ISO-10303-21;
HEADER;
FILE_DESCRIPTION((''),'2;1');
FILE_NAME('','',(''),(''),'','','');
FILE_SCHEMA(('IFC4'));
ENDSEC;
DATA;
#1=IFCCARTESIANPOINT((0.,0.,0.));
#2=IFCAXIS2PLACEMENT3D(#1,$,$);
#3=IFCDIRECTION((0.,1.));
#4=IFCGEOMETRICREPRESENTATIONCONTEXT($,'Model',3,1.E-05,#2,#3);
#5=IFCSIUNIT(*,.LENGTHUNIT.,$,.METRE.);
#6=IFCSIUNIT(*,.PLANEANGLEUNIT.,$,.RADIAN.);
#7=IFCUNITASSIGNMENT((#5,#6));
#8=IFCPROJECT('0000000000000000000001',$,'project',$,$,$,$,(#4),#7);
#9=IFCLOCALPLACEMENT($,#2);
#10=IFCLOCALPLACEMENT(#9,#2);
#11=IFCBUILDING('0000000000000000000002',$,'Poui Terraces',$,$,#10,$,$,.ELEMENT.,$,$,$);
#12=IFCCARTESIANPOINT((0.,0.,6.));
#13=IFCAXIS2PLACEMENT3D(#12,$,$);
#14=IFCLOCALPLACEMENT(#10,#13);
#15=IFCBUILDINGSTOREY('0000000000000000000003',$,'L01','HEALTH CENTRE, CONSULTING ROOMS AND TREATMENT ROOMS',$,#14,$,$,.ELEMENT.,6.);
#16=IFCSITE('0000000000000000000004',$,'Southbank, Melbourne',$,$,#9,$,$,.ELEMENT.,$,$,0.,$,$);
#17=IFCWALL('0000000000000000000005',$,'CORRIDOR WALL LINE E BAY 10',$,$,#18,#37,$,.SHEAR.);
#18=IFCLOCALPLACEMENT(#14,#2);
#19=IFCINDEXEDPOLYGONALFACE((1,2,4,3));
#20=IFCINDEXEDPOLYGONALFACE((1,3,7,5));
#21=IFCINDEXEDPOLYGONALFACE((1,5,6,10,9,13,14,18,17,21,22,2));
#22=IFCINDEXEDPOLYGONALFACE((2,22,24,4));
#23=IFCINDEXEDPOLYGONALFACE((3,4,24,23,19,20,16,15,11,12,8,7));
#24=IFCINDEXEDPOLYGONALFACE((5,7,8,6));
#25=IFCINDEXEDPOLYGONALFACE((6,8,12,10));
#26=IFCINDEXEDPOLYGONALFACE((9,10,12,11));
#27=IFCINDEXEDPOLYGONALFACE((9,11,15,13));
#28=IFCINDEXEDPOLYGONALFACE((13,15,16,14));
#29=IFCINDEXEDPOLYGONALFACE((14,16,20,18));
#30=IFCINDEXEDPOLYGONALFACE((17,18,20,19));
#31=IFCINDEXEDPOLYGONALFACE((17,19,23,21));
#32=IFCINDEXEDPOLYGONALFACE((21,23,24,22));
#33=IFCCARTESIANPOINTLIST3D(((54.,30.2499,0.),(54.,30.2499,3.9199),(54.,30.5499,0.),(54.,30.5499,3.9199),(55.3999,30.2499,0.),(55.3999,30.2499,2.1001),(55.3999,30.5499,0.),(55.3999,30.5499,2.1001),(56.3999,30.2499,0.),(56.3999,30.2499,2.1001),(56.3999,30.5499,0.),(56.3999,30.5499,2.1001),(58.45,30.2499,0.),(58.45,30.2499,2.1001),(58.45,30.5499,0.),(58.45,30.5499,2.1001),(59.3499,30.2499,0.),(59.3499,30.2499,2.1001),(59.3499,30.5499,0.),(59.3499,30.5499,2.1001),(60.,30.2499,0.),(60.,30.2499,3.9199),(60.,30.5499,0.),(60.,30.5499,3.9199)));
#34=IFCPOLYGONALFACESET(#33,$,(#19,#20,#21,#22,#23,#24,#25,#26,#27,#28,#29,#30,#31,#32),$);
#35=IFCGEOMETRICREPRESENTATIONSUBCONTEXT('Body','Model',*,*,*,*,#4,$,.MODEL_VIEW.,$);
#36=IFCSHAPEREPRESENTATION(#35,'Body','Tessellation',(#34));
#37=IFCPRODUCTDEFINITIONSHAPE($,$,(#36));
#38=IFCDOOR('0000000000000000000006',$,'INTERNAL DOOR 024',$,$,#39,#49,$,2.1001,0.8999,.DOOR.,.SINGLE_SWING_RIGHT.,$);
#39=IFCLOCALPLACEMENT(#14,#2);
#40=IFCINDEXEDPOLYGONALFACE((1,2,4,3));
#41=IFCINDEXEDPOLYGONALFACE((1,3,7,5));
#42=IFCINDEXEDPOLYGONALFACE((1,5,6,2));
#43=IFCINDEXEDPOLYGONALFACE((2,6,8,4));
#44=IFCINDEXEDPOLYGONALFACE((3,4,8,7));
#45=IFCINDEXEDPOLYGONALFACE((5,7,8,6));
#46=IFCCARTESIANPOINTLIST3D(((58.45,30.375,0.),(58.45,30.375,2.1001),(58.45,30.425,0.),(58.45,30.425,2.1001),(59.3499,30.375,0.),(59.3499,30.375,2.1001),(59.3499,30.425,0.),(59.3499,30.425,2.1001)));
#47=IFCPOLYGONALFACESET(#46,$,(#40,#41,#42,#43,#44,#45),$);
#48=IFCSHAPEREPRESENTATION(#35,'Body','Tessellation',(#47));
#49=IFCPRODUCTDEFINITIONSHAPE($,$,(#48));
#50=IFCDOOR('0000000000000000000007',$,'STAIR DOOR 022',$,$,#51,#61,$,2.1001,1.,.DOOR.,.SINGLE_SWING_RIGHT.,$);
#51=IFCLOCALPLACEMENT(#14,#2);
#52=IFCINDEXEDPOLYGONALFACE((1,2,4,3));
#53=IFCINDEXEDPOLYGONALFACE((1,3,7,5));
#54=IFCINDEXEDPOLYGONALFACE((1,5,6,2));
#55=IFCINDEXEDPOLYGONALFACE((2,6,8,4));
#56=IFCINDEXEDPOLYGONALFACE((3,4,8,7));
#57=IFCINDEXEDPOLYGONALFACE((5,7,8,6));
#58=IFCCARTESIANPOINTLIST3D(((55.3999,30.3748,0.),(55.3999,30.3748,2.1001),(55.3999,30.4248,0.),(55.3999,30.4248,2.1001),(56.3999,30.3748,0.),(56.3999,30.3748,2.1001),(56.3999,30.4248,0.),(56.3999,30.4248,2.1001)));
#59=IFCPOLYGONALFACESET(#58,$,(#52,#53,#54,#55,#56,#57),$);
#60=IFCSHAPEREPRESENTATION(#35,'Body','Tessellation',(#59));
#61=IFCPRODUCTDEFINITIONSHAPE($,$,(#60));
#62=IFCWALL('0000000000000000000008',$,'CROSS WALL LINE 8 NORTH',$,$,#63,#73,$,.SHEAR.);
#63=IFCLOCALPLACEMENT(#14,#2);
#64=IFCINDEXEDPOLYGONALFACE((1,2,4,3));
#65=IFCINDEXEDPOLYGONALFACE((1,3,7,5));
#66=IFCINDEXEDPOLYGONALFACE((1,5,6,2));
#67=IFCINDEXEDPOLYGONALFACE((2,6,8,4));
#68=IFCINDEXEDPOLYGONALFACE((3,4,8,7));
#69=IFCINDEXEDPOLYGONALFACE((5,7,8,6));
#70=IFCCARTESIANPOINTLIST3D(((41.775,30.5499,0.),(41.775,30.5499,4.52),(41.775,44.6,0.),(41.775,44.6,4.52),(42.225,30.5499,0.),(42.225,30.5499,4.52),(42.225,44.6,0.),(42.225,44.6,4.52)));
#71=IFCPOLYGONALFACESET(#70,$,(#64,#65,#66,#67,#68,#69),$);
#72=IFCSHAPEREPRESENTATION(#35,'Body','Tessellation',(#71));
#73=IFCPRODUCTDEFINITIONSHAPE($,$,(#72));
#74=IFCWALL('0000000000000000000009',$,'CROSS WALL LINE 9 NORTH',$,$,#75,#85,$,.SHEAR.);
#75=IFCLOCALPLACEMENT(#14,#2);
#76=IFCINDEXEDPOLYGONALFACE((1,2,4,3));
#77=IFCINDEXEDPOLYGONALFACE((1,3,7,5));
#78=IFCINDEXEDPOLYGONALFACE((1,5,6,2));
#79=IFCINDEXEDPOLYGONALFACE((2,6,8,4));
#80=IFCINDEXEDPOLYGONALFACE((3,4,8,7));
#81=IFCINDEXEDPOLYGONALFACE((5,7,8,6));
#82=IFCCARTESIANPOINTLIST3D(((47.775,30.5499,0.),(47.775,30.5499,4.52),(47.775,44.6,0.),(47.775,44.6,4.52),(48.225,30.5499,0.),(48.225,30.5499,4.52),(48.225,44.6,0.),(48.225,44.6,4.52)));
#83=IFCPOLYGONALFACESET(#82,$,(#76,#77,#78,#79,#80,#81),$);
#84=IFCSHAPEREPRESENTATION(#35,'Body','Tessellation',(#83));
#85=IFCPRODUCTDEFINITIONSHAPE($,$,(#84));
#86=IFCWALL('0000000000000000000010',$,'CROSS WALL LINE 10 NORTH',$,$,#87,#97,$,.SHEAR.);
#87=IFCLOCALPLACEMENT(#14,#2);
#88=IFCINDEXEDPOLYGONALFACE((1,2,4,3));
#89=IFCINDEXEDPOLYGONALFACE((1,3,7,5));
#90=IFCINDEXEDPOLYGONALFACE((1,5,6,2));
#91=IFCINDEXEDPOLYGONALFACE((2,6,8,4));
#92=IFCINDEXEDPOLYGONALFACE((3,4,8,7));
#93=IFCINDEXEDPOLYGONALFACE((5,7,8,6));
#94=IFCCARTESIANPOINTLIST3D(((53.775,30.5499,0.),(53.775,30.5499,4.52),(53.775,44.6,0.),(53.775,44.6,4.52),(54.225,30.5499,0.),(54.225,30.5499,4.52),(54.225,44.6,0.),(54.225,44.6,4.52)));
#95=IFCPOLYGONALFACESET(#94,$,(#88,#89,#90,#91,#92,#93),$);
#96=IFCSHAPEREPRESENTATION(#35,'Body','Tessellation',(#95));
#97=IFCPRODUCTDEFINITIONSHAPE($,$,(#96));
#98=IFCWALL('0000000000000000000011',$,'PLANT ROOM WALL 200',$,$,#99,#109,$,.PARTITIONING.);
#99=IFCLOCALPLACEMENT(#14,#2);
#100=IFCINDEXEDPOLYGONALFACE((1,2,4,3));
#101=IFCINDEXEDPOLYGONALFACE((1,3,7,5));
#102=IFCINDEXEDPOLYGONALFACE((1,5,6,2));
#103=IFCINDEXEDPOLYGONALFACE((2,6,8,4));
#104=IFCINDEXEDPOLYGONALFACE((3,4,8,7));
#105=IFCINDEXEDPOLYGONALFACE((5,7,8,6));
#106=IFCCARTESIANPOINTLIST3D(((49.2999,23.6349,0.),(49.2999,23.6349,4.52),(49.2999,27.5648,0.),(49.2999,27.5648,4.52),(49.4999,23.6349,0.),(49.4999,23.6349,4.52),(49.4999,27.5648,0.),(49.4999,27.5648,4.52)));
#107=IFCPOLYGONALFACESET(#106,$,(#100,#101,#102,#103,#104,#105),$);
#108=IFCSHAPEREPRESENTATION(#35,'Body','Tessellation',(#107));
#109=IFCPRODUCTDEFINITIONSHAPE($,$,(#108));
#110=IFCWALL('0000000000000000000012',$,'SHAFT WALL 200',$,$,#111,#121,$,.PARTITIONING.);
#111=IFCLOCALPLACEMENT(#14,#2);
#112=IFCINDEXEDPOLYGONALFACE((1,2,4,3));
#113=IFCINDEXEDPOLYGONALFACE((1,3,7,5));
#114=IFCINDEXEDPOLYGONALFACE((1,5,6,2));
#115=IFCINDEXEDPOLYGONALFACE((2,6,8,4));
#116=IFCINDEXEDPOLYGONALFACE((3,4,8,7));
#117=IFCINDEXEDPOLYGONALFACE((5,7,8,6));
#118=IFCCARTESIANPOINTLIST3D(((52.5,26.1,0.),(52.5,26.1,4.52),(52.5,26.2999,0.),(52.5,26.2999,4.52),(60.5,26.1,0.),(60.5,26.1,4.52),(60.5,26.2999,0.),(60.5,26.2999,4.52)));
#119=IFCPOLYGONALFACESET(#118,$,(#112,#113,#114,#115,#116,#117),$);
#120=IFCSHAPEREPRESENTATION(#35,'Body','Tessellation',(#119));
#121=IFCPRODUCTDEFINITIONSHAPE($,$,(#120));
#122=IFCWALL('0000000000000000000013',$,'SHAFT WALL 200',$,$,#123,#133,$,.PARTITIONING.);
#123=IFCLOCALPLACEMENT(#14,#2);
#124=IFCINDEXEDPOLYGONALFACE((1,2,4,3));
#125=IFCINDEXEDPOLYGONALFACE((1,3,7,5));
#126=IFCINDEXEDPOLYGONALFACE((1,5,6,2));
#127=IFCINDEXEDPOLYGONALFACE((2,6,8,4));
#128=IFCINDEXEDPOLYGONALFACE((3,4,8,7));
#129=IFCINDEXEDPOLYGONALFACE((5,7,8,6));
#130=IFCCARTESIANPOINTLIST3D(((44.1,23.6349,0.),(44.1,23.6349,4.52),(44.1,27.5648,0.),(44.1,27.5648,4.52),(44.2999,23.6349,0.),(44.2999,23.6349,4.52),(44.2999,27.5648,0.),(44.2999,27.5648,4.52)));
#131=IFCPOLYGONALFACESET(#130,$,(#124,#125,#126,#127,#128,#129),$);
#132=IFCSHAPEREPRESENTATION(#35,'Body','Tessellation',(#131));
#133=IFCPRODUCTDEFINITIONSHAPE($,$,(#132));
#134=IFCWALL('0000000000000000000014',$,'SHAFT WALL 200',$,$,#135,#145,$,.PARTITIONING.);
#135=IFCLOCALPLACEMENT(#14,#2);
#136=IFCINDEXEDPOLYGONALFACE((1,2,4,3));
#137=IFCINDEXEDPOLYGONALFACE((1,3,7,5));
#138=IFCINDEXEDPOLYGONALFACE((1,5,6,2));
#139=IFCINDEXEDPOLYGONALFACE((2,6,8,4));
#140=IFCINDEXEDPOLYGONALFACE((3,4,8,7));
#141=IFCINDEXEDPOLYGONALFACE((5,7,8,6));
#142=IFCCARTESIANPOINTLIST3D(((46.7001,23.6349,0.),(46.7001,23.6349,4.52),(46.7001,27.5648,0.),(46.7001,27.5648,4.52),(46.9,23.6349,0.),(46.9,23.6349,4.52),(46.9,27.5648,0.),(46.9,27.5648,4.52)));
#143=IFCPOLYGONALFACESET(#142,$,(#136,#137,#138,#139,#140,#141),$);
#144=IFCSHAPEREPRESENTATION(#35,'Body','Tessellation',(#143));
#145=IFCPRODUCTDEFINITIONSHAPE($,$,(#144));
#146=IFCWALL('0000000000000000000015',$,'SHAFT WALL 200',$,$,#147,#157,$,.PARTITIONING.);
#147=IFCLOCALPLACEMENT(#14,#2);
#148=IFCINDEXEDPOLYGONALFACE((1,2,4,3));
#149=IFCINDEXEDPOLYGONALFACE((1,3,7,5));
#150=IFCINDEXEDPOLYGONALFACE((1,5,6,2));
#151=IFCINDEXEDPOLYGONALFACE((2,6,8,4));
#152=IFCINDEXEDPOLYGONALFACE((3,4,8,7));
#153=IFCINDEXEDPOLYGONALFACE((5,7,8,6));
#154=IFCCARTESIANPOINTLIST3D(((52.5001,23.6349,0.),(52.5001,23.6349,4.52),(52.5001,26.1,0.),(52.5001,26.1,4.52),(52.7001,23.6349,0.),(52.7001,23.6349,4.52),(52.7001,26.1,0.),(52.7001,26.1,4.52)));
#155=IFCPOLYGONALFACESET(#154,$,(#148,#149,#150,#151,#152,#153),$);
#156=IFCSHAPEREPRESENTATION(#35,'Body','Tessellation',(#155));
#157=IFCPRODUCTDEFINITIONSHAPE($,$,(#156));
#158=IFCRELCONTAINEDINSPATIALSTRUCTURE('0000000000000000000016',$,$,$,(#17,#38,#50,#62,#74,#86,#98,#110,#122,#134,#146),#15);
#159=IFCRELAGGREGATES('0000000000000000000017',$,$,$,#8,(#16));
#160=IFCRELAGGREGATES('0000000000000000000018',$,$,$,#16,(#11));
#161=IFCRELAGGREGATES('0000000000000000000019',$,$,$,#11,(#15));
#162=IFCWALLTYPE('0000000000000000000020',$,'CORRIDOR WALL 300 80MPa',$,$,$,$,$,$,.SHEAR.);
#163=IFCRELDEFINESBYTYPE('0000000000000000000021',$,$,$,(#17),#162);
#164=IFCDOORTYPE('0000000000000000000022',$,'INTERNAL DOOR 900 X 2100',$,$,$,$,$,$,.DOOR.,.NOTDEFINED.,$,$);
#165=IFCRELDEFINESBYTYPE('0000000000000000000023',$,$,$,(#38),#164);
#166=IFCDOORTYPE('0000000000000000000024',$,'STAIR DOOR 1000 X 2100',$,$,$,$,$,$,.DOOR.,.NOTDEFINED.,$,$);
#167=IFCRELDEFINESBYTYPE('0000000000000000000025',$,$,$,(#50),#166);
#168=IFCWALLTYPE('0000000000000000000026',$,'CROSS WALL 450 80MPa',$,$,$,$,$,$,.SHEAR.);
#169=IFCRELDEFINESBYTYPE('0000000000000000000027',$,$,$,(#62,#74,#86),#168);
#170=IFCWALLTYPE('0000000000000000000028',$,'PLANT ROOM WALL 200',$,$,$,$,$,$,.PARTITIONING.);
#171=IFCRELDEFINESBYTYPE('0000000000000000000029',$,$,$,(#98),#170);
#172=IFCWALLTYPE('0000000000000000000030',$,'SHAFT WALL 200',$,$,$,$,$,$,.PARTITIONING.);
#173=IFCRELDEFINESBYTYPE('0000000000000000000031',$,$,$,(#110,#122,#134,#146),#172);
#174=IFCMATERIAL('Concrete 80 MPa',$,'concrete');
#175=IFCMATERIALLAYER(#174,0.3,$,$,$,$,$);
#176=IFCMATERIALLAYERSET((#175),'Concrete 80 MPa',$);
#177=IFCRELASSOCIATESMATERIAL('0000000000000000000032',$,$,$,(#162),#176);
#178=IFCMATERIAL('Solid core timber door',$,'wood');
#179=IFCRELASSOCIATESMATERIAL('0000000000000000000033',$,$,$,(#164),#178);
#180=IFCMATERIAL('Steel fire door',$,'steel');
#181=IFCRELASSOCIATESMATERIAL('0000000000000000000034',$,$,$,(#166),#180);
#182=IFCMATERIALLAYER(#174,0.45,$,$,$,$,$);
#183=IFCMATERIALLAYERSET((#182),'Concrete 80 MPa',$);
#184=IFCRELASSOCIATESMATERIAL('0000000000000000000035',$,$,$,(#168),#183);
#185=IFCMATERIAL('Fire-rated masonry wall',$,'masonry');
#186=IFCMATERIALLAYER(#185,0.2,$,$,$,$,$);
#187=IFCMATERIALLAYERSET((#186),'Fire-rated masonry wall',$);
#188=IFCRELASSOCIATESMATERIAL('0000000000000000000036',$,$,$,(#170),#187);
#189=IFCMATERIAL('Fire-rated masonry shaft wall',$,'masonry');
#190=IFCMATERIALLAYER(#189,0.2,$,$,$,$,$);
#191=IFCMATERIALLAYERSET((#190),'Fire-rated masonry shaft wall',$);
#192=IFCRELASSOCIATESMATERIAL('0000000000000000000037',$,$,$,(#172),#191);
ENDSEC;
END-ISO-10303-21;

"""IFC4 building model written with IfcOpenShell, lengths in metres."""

from ifc_helpers import new_model, si_unit, direction, frame, frame_2d, origin, place, context, subcontext, project, spatial, rectangle, extrude, material, layer, layer_set, type_object, element, fill, save


model = new_model("IFC4")

# Units and contexts
model_context = context("Model", 3, precision=1e-05, world=origin(), true_north=direction((0.0, 1.0)))
body_context = subcontext(model_context, "Body", "Model", "MODEL_VIEW")
ifc_project = project(units=[si_unit("LENGTHUNIT", "METRE"), si_unit("PLANEANGLEUNIT", "RADIAN")], contexts=[model_context])

# Site, building, storey
site_placement = place(None, origin())
site = spatial("IfcSite", under=ifc_project, at=site_placement, Name="Southbank, Melbourne", CompositionType="ELEMENT", RefElevation=0.0)
building_placement = place(site_placement, origin())
building = spatial("IfcBuilding", under=site, at=building_placement, Name="Poui Terraces", CompositionType="ELEMENT")
storey_placement = place(building_placement, frame((0.0, 0.0, 6.0)))
storey = spatial("IfcBuildingStorey", under=building, at=storey_placement, Name="L01", Description="HEALTH CENTRE, CONSULTING ROOMS AND TREATMENT ROOMS", CompositionType="ELEMENT", Elevation=6.0)

# Shared definitions
ifc_material_1 = material(Name="Concrete 80 MPa", Category="concrete")

# Shared definitions
ifc_material_2 = material(Name="Fire-rated masonry wall", Category="masonry")

# Shared definitions
ifc_layer_1 = layer(ifc_material_1, 0.3)
ifc_layer_set_1 = layer_set([ifc_layer_1], Name="Concrete 80 MPa")
wall_type_1 = type_object("IfcWallType", Name="CORRIDOR WALL 300 80MPa", PredefinedType="SHEAR", material=ifc_layer_set_1)
ifc_material_3 = material(Name="Solid core timber door", Category="wood")
door_type_1 = type_object("IfcDoorType", Name="INTERNAL DOOR 900 X 2100", OperationType="NOTDEFINED", PredefinedType="DOOR", material=ifc_material_3)
ifc_material_4 = material(Name="Steel fire door", Category="steel")

# Wall, openings, doors
wall_1_placement = place(storey_placement, frame((54.0, 30.3999, 0.0), z_axis=(0.0, 0.0, 1.0), x_axis=(1.0, 0.0, 0.0)))
wall_1 = element("IfcWall", 1, at=wall_1_placement, inside=storey, type_object=wall_type_1, Name="CORRIDOR WALL LINE E BAY 10", PredefinedType="SHEAR", context=body_context, shape_type="SweptSolid", body=[
    extrude(rectangle(XDim=6.0, YDim=0.3, at=frame_2d((3.0, 0.0))), origin(), (0.0, 0.0, 1.0), 3.9199),
])
opening_1_placement = place(wall_1_placement, frame((1.3999, 0.0, 0.0)))
opening_1 = element("IfcOpeningElement", 2, at=opening_1_placement, cuts=wall_1, PredefinedType="OPENING", context=body_context, shape_type="SweptSolid", body=[
    extrude(rectangle(XDim=1.0, YDim=2.1001, at=frame_2d((0.5, 1.05))), frame((0.0, 0.1602, 0.0), z_axis=(0.0, -1.0, 0.0), x_axis=(1.0, 0.0, 0.0)), (0.0, 0.0, 1.0), 0.3201),
])
opening_2_placement = place(wall_1_placement, frame((4.45, 0.0, 0.0)))
opening_2 = element("IfcOpeningElement", 3, at=opening_2_placement, cuts=wall_1, PredefinedType="OPENING", context=body_context, shape_type="SweptSolid", body=[
    extrude(rectangle(XDim=0.8999, YDim=2.1001, at=frame_2d((0.45, 1.05))), frame((0.0, 0.1602, 0.0), z_axis=(0.0, -1.0, 0.0), x_axis=(1.0, 0.0, 0.0)), (0.0, 0.0, 1.0), 0.3201),
])
door_1_placement = place(opening_2_placement, frame((0.8999, 0.0, 0.0), z_axis=(0.0, 0.0, 1.0), x_axis=(-1.0, 0.0, 0.0)))
door_1 = element("IfcDoor", 4, at=door_1_placement, inside=storey, type_object=door_type_1, Name="INTERNAL DOOR 024", OperationType="SINGLE_SWING_RIGHT", OverallHeight=2.1001, OverallWidth=0.8999, PredefinedType="DOOR", context=body_context, shape_type="SweptSolid", body=[
    extrude(rectangle(XDim=0.8999, YDim=2.1001, at=frame_2d((0.45, 1.05))), frame((0.0, 0.0249, 0.0), z_axis=(0.0, -1.0, 0.0), x_axis=(1.0, 0.0, 0.0)), (0.0, 0.0, 1.0), 0.05),
])
fill(opening_2, door_1)
door_type_2 = type_object("IfcDoorType", Name="STAIR DOOR 1000 X 2100", OperationType="NOTDEFINED", PredefinedType="DOOR", material=ifc_material_4)
door_2_placement = place(opening_1_placement, origin())
door_2 = element("IfcDoor", 5, at=door_2_placement, inside=storey, type_object=door_type_2, Name="STAIR DOOR 022", OperationType="SINGLE_SWING_RIGHT", OverallHeight=2.1001, OverallWidth=1.0, PredefinedType="DOOR", context=body_context, shape_type="SweptSolid", body=[
    extrude(rectangle(XDim=1.0, YDim=2.1001, at=frame_2d((0.5, 1.05))), frame((0.0, 0.0249, 0.0), z_axis=(0.0, -1.0, 0.0), x_axis=(1.0, 0.0, 0.0)), (0.0, 0.0, 1.0), 0.05),
])
fill(opening_1, door_2)

# Walls
ifc_layer_2 = layer(ifc_material_1, 0.45)
ifc_layer_set_2 = layer_set([ifc_layer_2], Name="Concrete 80 MPa")
wall_type_2 = type_object("IfcWallType", Name="CROSS WALL 450 80MPa", PredefinedType="SHEAR", material=ifc_layer_set_2)
for number, where, z_axis, x_axis, name in (
    (6, (42.0, 30.55, 0.0), (0.0, 0.0, 1.0), (0.0, 1.0, 0.0), "CROSS WALL LINE 8 NORTH"),
    (7, (48.0, 30.55, 0.0), (0.0, 0.0, 1.0), (0.0, 1.0, 0.0), "CROSS WALL LINE 9 NORTH"),
    (8, (54.0, 30.55, 0.0), (0.0, 0.0, 1.0), (0.0, 1.0, 0.0), "CROSS WALL LINE 10 NORTH"),
):
    element("IfcWall", number, at=place(storey_placement, frame(where, z_axis=z_axis, x_axis=x_axis)), inside=storey, type_object=wall_type_2, Name=name, PredefinedType="SHEAR", context=body_context, shape_type="SweptSolid", body=[
        extrude(rectangle(XDim=14.05, YDim=0.45, at=frame_2d((7.0249, 0.0))), origin(), (0.0, 0.0, 1.0), 4.52),
    ])
ifc_layer_3 = layer(ifc_material_2, 0.2)
ifc_layer_set_3 = layer_set([ifc_layer_3], Name="Fire-rated masonry wall")
wall_type_3 = type_object("IfcWallType", Name="PLANT ROOM WALL 200", PredefinedType="PARTITIONING", material=ifc_layer_set_3)
wall_2_placement = place(storey_placement, frame((49.3999, 23.635, 0.0), z_axis=(0.0, 0.0, 1.0), x_axis=(0.0, 1.0, 0.0)))
element("IfcWall", 9, at=wall_2_placement, inside=storey, type_object=wall_type_3, Name="PLANT ROOM WALL 200", PredefinedType="PARTITIONING", context=body_context, shape_type="SweptSolid", body=[
    extrude(rectangle(XDim=3.9299, YDim=0.2, at=frame_2d((1.9648, 0.0))), origin(), (0.0, 0.0, 1.0), 4.52),
])
ifc_material_5 = material(Name="Fire-rated masonry shaft wall", Category="masonry")
ifc_layer_4 = layer(ifc_material_5, 0.2)
ifc_layer_set_4 = layer_set([ifc_layer_4], Name="Fire-rated masonry shaft wall")
wall_type_4 = type_object("IfcWallType", Name="SHAFT WALL 200", PredefinedType="PARTITIONING", material=ifc_layer_set_4)
wall_3_placement = place(storey_placement, frame((52.5, 26.2, 0.0), z_axis=(0.0, 0.0, 1.0), x_axis=(1.0, 0.0, 0.0)))
element("IfcWall", 10, at=wall_3_placement, inside=storey, type_object=wall_type_4, Name="SHAFT WALL 200", PredefinedType="PARTITIONING", context=body_context, shape_type="SweptSolid", body=[
    extrude(rectangle(XDim=8.0, YDim=0.2, at=frame_2d((4.0, 0.0))), origin(), (0.0, 0.0, 1.0), 4.52),
])
for number, where, z_axis, x_axis, name in (
    (11, (44.2, 23.635, 0.0), (0.0, 0.0, 1.0), (0.0, 1.0, 0.0), "SHAFT WALL 200"),
    (12, (46.8, 23.635, 0.0), (0.0, 0.0, 1.0), (0.0, 1.0, 0.0), "SHAFT WALL 200"),
):
    element("IfcWall", number, at=place(storey_placement, frame(where, z_axis=z_axis, x_axis=x_axis)), inside=storey, type_object=wall_type_4, Name=name, PredefinedType="PARTITIONING", context=body_context, shape_type="SweptSolid", body=[
        extrude(rectangle(XDim=3.9299, YDim=0.2, at=frame_2d((1.9648, 0.0))), origin(), (0.0, 0.0, 1.0), 4.52),
    ])
wall_4_placement = place(storey_placement, frame((52.6001, 23.635, 0.0), z_axis=(0.0, 0.0, 1.0), x_axis=(0.0, 1.0, 0.0)))
element("IfcWall", 13, at=wall_4_placement, inside=storey, type_object=wall_type_4, Name="SHAFT WALL 200", PredefinedType="PARTITIONING", context=body_context, shape_type="SweptSolid", body=[
    extrude(rectangle(XDim=2.4651, YDim=0.2, at=frame_2d((1.2324, 0.0))), origin(), (0.0, 0.0, 1.0), 4.52),
])

save(model, "model.ifc")
